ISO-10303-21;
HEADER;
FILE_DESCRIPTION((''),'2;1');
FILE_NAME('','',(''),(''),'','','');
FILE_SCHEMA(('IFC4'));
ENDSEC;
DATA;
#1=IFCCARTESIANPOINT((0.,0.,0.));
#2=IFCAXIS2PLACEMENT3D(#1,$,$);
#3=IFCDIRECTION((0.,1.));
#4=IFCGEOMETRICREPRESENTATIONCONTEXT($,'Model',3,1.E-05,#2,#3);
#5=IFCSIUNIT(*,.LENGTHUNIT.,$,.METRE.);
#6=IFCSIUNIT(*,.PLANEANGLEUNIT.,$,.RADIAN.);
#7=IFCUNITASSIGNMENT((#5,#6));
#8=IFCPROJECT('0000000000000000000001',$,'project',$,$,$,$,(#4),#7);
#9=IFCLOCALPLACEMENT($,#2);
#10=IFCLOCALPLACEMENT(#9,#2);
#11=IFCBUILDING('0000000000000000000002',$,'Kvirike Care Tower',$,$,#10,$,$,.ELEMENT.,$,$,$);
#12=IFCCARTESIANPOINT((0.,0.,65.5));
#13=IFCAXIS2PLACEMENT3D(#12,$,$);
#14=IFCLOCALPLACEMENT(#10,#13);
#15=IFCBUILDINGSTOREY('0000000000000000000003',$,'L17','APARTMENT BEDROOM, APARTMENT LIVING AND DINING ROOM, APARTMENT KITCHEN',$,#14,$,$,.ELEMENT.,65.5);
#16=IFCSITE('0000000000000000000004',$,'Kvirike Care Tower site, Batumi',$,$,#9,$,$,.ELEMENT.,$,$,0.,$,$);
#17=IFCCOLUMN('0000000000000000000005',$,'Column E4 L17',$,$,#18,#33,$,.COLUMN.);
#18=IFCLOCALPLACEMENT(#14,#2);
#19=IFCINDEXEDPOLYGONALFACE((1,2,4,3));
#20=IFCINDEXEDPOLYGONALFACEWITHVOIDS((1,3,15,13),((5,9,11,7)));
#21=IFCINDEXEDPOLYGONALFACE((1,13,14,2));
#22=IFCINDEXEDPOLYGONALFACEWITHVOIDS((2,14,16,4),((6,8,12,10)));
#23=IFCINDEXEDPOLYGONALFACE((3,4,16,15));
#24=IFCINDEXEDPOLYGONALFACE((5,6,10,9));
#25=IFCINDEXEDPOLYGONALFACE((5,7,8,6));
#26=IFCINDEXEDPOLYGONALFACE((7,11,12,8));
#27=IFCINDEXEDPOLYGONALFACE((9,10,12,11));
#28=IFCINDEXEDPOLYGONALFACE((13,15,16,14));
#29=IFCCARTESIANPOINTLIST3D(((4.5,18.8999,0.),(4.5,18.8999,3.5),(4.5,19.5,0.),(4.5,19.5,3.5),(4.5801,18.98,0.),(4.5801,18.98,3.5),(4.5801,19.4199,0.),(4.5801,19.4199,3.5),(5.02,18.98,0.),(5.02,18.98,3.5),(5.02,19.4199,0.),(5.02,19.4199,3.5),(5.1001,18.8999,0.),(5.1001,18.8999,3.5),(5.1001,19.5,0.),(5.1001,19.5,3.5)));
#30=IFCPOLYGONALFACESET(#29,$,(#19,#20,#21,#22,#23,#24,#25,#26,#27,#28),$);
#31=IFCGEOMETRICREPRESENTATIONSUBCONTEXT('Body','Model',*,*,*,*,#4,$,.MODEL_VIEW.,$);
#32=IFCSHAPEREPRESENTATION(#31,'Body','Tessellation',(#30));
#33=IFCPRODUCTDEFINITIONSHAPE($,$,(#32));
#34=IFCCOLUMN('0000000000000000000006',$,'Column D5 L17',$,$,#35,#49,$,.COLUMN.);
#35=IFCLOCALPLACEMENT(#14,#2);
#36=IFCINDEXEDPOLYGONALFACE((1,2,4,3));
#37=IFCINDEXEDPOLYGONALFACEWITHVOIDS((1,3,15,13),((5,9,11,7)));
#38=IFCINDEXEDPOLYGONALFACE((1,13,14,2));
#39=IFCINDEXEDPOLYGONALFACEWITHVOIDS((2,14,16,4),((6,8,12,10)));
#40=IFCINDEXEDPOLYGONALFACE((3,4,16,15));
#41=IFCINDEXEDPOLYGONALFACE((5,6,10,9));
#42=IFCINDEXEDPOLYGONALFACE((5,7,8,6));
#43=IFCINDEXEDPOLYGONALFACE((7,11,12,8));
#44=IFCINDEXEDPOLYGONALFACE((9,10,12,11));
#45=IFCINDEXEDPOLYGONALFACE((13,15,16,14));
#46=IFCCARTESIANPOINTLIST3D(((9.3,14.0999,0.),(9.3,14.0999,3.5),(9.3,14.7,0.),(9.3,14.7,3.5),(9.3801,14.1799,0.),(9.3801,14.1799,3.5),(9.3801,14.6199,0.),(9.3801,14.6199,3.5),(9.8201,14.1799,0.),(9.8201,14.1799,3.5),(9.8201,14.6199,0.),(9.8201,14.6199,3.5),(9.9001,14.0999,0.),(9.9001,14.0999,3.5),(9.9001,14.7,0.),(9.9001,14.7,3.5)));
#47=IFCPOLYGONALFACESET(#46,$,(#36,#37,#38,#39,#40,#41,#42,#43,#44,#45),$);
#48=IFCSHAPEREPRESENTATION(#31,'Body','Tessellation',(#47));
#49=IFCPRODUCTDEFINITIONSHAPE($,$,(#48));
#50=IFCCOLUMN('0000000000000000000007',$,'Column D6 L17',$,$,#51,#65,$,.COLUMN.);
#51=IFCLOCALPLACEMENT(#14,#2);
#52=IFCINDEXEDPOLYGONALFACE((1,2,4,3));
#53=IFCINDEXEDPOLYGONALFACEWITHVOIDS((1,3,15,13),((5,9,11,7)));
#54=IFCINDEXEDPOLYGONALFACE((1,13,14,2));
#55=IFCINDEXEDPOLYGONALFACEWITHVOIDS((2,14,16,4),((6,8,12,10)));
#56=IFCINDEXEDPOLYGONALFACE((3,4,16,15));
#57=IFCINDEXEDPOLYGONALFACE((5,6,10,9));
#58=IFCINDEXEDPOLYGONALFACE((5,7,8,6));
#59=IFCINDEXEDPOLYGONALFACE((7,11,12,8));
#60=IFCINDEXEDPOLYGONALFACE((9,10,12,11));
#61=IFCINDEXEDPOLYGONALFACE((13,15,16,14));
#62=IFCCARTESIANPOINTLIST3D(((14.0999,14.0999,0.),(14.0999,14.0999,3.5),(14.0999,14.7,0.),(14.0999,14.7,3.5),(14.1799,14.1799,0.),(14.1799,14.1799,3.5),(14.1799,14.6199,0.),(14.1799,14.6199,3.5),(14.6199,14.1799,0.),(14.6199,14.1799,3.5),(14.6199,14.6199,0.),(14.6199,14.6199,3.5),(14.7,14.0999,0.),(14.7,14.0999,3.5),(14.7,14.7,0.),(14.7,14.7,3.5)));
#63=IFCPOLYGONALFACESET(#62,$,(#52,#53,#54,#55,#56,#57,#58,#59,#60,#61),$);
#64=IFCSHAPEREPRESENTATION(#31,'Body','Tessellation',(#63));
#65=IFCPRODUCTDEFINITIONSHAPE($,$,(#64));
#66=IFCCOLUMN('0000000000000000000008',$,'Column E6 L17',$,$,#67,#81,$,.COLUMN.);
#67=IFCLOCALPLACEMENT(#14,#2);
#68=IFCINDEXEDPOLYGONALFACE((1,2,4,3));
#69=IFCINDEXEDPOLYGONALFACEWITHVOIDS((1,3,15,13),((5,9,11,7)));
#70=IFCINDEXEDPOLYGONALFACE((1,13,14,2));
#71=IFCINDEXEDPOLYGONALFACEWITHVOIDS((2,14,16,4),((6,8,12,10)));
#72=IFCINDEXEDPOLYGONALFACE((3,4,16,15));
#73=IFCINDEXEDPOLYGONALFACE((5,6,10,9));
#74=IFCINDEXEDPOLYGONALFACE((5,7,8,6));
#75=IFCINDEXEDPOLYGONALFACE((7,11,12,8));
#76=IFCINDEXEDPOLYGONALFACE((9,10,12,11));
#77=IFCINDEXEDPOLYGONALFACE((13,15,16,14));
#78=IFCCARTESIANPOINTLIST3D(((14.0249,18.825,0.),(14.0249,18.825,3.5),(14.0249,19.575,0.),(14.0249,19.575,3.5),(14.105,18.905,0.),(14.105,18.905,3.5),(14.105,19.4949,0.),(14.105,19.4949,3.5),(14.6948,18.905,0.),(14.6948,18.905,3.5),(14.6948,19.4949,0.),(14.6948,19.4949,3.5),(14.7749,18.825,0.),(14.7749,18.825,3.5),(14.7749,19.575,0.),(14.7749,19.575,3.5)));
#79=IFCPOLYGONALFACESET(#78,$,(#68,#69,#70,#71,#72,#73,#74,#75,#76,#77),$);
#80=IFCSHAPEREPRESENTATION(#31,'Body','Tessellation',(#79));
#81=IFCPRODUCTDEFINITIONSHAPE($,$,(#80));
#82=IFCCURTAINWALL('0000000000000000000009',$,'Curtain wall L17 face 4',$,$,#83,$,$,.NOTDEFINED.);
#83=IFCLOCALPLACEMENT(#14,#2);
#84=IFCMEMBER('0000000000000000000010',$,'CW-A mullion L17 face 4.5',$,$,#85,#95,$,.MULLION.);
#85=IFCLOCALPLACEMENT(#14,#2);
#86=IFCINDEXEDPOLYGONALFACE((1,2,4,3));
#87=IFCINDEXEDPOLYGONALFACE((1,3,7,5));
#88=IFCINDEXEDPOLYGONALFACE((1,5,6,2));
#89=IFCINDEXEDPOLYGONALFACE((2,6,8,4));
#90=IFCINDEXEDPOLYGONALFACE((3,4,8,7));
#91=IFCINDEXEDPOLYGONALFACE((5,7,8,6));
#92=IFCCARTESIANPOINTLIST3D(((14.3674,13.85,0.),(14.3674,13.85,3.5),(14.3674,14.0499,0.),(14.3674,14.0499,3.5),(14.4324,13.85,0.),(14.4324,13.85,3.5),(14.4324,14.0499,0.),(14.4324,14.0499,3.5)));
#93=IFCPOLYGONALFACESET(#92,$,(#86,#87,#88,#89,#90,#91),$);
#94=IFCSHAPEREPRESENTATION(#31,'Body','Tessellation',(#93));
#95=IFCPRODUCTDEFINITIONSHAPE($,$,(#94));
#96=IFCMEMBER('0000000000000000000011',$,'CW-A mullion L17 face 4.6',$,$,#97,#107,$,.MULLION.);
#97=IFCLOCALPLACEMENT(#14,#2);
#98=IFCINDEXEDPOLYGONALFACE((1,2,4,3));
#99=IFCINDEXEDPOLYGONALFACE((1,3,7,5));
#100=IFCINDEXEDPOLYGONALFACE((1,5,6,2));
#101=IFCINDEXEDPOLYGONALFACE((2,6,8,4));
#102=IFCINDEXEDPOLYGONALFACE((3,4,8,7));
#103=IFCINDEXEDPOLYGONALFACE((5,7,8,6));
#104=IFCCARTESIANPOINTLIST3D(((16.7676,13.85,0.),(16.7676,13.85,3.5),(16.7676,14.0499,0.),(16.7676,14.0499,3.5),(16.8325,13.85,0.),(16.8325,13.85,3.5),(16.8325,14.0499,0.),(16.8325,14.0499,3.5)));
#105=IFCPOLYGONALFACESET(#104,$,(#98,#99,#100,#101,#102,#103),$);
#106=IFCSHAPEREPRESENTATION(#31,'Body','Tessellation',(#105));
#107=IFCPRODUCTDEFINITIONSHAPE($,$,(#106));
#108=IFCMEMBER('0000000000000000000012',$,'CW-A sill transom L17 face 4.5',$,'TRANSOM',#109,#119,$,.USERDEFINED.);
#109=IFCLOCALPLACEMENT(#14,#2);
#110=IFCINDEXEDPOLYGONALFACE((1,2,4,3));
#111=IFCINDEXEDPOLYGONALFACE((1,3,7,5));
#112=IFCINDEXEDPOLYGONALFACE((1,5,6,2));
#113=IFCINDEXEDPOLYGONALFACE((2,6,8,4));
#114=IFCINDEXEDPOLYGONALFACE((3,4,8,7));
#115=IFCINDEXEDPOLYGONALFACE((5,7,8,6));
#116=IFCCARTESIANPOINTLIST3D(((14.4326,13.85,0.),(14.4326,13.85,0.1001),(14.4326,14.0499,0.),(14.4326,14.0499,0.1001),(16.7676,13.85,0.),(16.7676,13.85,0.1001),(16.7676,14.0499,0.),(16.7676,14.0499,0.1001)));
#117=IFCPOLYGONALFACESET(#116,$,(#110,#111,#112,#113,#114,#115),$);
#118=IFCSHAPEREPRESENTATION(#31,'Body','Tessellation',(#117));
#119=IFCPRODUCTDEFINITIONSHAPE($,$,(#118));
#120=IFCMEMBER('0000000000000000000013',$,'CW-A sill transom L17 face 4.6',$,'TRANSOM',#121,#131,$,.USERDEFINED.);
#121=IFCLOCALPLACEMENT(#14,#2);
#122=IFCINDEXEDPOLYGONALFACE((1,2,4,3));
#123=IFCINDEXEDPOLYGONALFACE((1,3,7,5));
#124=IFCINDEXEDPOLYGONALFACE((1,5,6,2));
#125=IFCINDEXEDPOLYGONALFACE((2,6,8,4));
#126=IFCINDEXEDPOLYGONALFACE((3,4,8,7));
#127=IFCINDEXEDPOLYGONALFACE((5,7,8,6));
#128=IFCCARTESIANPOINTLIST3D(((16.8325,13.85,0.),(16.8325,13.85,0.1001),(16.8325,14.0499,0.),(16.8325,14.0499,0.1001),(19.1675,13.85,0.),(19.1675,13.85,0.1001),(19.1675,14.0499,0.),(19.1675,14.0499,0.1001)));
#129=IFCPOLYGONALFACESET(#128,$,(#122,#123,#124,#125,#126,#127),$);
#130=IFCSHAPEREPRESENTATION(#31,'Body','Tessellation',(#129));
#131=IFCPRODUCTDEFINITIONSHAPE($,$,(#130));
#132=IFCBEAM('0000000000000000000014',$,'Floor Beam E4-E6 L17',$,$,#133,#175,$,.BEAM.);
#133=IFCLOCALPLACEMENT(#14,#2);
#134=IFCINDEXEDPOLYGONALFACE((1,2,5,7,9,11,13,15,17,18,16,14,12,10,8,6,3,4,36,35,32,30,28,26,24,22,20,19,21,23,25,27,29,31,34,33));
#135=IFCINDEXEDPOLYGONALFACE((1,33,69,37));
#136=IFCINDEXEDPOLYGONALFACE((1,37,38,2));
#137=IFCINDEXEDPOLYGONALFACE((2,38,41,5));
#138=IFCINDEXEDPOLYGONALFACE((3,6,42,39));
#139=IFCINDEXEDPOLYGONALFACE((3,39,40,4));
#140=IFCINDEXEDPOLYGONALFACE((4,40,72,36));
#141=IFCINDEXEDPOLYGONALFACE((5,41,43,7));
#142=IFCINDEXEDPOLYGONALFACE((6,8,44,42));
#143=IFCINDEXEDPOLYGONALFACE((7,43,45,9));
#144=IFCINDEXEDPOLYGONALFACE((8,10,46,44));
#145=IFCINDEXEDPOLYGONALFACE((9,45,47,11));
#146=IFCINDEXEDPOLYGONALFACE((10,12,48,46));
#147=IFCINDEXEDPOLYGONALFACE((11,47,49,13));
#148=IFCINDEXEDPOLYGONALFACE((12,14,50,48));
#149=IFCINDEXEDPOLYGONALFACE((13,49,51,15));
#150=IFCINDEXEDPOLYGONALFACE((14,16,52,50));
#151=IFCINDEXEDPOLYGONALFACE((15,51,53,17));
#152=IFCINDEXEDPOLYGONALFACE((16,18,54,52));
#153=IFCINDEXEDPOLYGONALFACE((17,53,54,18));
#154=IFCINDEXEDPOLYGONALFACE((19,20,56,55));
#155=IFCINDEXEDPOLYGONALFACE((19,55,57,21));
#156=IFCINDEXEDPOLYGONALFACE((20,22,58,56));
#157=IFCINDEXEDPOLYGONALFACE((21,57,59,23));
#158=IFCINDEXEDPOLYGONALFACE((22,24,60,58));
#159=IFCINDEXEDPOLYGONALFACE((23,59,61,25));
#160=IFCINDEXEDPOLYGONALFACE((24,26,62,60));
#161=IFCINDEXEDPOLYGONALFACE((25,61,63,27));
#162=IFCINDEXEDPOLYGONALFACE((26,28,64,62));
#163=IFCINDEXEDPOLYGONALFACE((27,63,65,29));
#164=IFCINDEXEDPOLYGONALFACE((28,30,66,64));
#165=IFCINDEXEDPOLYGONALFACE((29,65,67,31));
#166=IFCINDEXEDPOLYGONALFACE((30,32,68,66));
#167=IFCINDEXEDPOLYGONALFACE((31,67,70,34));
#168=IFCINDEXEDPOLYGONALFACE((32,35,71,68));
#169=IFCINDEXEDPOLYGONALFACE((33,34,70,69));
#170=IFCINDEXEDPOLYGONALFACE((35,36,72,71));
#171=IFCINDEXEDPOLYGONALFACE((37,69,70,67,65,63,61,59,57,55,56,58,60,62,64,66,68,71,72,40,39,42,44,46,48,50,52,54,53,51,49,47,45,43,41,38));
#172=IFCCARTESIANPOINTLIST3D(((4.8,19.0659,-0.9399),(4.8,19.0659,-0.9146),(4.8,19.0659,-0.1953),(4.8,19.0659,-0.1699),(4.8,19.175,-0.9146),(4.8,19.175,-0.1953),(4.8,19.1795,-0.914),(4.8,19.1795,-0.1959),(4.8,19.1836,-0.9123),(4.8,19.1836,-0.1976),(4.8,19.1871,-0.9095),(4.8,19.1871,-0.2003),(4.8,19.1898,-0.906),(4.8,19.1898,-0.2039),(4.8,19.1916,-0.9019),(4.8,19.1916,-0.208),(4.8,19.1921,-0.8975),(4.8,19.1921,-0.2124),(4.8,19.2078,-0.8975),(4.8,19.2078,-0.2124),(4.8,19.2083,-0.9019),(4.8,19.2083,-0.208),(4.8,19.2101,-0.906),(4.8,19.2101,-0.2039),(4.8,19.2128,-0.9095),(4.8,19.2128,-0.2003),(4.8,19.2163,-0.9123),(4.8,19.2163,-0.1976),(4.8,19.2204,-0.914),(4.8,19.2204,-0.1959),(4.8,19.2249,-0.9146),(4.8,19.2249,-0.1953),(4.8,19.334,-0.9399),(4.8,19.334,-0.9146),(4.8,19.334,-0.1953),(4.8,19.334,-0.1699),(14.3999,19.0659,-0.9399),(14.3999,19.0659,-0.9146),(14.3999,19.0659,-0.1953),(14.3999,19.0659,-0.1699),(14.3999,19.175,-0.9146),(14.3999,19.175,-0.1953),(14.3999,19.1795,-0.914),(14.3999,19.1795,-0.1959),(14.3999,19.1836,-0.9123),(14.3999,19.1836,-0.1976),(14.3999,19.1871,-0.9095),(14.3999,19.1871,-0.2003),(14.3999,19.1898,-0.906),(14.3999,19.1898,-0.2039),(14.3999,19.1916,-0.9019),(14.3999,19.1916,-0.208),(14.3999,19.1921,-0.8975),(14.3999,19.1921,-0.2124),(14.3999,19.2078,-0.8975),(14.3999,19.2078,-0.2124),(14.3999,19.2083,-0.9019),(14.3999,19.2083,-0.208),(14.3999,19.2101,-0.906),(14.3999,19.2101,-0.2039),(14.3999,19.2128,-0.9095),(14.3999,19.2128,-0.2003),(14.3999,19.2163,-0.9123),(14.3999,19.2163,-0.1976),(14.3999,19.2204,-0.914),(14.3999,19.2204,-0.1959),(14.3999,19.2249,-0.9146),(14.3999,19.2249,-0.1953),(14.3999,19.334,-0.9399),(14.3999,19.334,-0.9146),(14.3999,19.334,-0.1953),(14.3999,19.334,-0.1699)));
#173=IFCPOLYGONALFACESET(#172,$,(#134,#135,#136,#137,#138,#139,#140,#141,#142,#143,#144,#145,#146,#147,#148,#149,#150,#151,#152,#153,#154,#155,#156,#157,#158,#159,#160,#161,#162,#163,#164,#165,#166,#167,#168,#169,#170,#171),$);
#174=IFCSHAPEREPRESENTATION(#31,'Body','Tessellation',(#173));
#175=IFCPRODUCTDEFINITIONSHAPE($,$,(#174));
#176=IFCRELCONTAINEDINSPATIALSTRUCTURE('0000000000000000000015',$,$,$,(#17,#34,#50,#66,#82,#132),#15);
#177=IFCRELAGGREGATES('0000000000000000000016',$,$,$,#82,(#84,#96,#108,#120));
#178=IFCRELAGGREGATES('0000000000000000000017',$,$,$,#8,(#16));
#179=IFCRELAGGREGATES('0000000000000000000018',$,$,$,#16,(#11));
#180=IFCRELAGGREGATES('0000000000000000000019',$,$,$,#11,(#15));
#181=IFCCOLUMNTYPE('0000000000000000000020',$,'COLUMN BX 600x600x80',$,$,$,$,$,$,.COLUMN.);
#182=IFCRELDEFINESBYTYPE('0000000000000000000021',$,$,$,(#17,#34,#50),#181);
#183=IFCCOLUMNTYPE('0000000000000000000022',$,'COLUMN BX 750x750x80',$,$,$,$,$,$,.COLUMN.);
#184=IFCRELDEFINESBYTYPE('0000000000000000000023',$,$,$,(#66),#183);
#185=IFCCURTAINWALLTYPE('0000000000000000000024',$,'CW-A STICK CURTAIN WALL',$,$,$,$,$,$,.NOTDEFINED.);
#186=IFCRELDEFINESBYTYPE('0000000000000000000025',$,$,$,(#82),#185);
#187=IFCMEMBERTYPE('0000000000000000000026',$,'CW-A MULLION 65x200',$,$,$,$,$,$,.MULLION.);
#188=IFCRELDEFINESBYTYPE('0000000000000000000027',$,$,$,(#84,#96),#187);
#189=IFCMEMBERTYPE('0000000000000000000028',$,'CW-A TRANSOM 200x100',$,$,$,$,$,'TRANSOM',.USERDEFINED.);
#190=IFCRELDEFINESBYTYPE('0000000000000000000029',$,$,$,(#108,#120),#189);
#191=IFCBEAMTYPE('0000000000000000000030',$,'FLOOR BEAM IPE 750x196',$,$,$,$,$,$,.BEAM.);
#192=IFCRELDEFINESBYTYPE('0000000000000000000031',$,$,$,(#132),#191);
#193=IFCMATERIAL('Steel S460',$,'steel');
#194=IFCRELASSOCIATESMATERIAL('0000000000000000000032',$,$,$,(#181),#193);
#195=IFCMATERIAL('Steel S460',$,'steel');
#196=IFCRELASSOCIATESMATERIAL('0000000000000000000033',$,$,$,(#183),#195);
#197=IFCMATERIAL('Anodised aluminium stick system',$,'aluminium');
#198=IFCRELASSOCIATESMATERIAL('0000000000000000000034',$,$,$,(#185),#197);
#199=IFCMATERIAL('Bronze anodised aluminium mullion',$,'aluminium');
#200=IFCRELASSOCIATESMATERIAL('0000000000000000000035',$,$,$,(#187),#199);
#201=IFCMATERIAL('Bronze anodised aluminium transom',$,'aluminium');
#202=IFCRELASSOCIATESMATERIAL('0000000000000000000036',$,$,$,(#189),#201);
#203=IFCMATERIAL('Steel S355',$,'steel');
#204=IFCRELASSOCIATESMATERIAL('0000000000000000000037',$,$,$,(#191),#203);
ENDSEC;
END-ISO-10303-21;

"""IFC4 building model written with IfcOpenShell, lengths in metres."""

from ifc_helpers import new_model, si_unit, direction, frame, origin, origin_2d, place, context, subcontext, project, spatial, rectangle, hollow_rectangle, i_section, extrude, material, material_profile, profile_set, type_object, element, aggregate, save


model = new_model("IFC4")

# Units and contexts
model_context = context("Model", 3, precision=1e-05, world=origin(), true_north=direction((0.0, 1.0)))
body_context = subcontext(model_context, "Body", "Model", "MODEL_VIEW")
ifc_project = project(units=[si_unit("LENGTHUNIT", "METRE"), si_unit("PLANEANGLEUNIT", "RADIAN")], contexts=[model_context])

# Site, building, storey
site_placement = place(None, origin())
site = spatial("IfcSite", under=ifc_project, at=site_placement, Name="Kvirike Care Tower site, Batumi", CompositionType="ELEMENT", RefElevation=0.0)
building_placement = place(site_placement, origin())
building = spatial("IfcBuilding", under=site, at=building_placement, Name="Kvirike Care Tower", CompositionType="ELEMENT")
storey_placement = place(building_placement, frame((0.0, 0.0, 65.5)))
storey = spatial("IfcBuildingStorey", under=building, at=storey_placement, Name="L17", Description="APARTMENT BEDROOM, APARTMENT LIVING AND DINING ROOM, APARTMENT KITCHEN", CompositionType="ELEMENT", Elevation=65.5)

# Columns
ifc_material_1 = material(Name="Steel S460", Category="steel")
ifc_material_profile_1 = material_profile(ifc_material_1, hollow_rectangle(XDim=0.6001, YDim=0.6001, WallThickness=0.0801, at=origin_2d()), Name="BX 600x600x80")
ifc_profile_set_1 = profile_set([ifc_material_profile_1], Name="Steel S460")
column_type_1 = type_object("IfcColumnType", Name="COLUMN BX 600x600x80", PredefinedType="COLUMN", material=ifc_profile_set_1)
for number, where, z_axis, x_axis, name in (
    (1, (4.8, 19.2, 0.0), (0.0, 0.0, 1.0), (0.0, 1.0, 0.0), "Column E4 L17"),
    (2, (9.6001, 14.3999, 0.0), (0.0, 0.0, 1.0), (0.0, 1.0, 0.0), "Column D5 L17"),
    (3, (14.3999, 14.3999, 0.0), (0.0, 0.0, 1.0), (0.0, 1.0, 0.0), "Column D6 L17"),
):
    element("IfcColumn", number, at=place(storey_placement, frame(where, z_axis=z_axis, x_axis=x_axis)), inside=storey, type_object=column_type_1, Name=name, PredefinedType="COLUMN", context=body_context, shape_type="SweptSolid", body=[
        extrude(hollow_rectangle(XDim=0.6001, YDim=0.6001, WallThickness=0.0801, at=origin_2d()), origin(), (0.0, 0.0, 1.0), 3.5),
    ])
ifc_material_2 = material(Name="Steel S460", Category="steel")
ifc_material_profile_2 = material_profile(ifc_material_2, hollow_rectangle(XDim=0.75, YDim=0.75, WallThickness=0.0801, at=origin_2d()), Name="BX 750x750x80")
ifc_profile_set_2 = profile_set([ifc_material_profile_2], Name="Steel S460")
column_type_2 = type_object("IfcColumnType", Name="COLUMN BX 750x750x80", PredefinedType="COLUMN", material=ifc_profile_set_2)
column_placement = place(storey_placement, frame((14.3999, 19.2, 0.0), z_axis=(0.0, 0.0, 1.0), x_axis=(1.0, 0.0, 0.0)))
element("IfcColumn", 4, at=column_placement, inside=storey, type_object=column_type_2, Name="Column E6 L17", PredefinedType="COLUMN", context=body_context, shape_type="SweptSolid", body=[
    extrude(hollow_rectangle(XDim=0.75, YDim=0.75, WallThickness=0.0801, at=origin_2d()), origin(), (0.0, 0.0, 1.0), 3.5),
])

# Curtain wall, members
ifc_material_3 = material(Name="Anodised aluminium stick system", Category="aluminium")
curtain_wall_type = type_object("IfcCurtainWallType", Name="CW-A STICK CURTAIN WALL", PredefinedType="NOTDEFINED", material=ifc_material_3)
curtain_wall_placement = place(storey_placement, origin())
curtain_wall = element("IfcCurtainWall", 5, at=curtain_wall_placement, inside=storey, type_object=curtain_wall_type, Name="Curtain wall L17 face 4", PredefinedType="NOTDEFINED")
ifc_material_4 = material(Name="Bronze anodised aluminium mullion", Category="aluminium")
ifc_material_profile_3 = material_profile(ifc_material_4, rectangle(XDim=0.0649, YDim=0.2, at=origin_2d()), Name="CW-A MULLION 65x200")
ifc_profile_set_3 = profile_set([ifc_material_profile_3], Name="Bronze anodised aluminium mullion")
member_type_1 = type_object("IfcMemberType", Name="CW-A MULLION 65x200", PredefinedType="MULLION", material=ifc_profile_set_3)
member_1_placement = place(storey_placement, frame((14.3999, 13.95, 0.0), z_axis=(0.0, 0.0, 1.0), x_axis=(1.0, 0.0, 0.0)))
member_1 = element("IfcMember", 6, at=member_1_placement, type_object=member_type_1, Name="CW-A mullion L17 face 4.5", PredefinedType="MULLION", context=body_context, shape_type="SweptSolid", body=[
    extrude(rectangle(XDim=0.0649, YDim=0.2, at=origin_2d()), origin(), (0.0, 0.0, 1.0), 3.5),
])
member_2_placement = place(storey_placement, frame((16.8, 13.95, 0.0), z_axis=(0.0, 0.0, 1.0), x_axis=(1.0, 0.0, 0.0)))
member_2 = element("IfcMember", 7, at=member_2_placement, type_object=member_type_1, Name="CW-A mullion L17 face 4.6", PredefinedType="MULLION", context=body_context, shape_type="SweptSolid", body=[
    extrude(rectangle(XDim=0.0649, YDim=0.2, at=origin_2d()), origin(), (0.0, 0.0, 1.0), 3.5),
])
ifc_material_5 = material(Name="Bronze anodised aluminium transom", Category="aluminium")
ifc_material_profile_4 = material_profile(ifc_material_5, rectangle(XDim=0.2, YDim=0.1001, at=origin_2d()), Name="CW-A TRANSOM 200x100")
ifc_profile_set_4 = profile_set([ifc_material_profile_4], Name="Bronze anodised aluminium transom")
member_type_2 = type_object("IfcMemberType", Name="CW-A TRANSOM 200x100", ElementType="TRANSOM", PredefinedType="USERDEFINED", material=ifc_profile_set_4)
member_3_placement = place(storey_placement, frame((14.4326, 13.95, 0.05), z_axis=(1.0, 0.0, 0.0), x_axis=(0.0, 1.0, 0.0)))
member_3 = element("IfcMember", 8, at=member_3_placement, type_object=member_type_2, Name="CW-A sill transom L17 face 4.5", ObjectType="TRANSOM", PredefinedType="USERDEFINED", context=body_context, shape_type="SweptSolid", body=[
    extrude(rectangle(XDim=0.2, YDim=0.1001, at=origin_2d()), origin(), (0.0, 0.0, 1.0), 2.335),
])
member_4_placement = place(storey_placement, frame((16.8325, 13.95, 0.05), z_axis=(1.0, 0.0, 0.0), x_axis=(0.0, 1.0, 0.0)))
member_4 = element("IfcMember", 9, at=member_4_placement, type_object=member_type_2, Name="CW-A sill transom L17 face 4.6", ObjectType="TRANSOM", PredefinedType="USERDEFINED", context=body_context, shape_type="SweptSolid", body=[
    extrude(rectangle(XDim=0.2, YDim=0.1001, at=origin_2d()), origin(), (0.0, 0.0, 1.0), 2.335),
])

# Beam
ifc_material_6 = material(Name="Steel S355", Category="steel")
ifc_material_profile_5 = material_profile(ifc_material_6, i_section(OverallWidth=0.2681, OverallDepth=0.77, WebThickness=0.0156, FlangeThickness=0.0254, FilletRadius=0.0171, at=origin_2d()), Name="IPE 750x196")
ifc_profile_set_5 = profile_set([ifc_material_profile_5], Name="Steel S355")
beam_type_1 = type_object("IfcBeamType", Name="FLOOR BEAM IPE 750x196", PredefinedType="BEAM", material=ifc_profile_set_5)
beam_1_placement = place(storey_placement, frame((4.8, 19.2, -0.5549), z_axis=(1.0, 0.0, 0.0), x_axis=(0.0, 1.0, 0.0)))
element("IfcBeam", 10, at=beam_1_placement, inside=storey, type_object=beam_type_1, Name="Floor Beam E4-E6 L17", PredefinedType="BEAM", context=body_context, shape_type="SweptSolid", body=[
    extrude(i_section(OverallWidth=0.2681, OverallDepth=0.77, WebThickness=0.0156, FlangeThickness=0.0254, FilletRadius=0.0171, at=origin_2d()), origin(), (0.0, 0.0, 1.0), 9.5999),
])

aggregate(curtain_wall, [member_1, member_2, member_3, member_4])

save(model, "model.ifc")
